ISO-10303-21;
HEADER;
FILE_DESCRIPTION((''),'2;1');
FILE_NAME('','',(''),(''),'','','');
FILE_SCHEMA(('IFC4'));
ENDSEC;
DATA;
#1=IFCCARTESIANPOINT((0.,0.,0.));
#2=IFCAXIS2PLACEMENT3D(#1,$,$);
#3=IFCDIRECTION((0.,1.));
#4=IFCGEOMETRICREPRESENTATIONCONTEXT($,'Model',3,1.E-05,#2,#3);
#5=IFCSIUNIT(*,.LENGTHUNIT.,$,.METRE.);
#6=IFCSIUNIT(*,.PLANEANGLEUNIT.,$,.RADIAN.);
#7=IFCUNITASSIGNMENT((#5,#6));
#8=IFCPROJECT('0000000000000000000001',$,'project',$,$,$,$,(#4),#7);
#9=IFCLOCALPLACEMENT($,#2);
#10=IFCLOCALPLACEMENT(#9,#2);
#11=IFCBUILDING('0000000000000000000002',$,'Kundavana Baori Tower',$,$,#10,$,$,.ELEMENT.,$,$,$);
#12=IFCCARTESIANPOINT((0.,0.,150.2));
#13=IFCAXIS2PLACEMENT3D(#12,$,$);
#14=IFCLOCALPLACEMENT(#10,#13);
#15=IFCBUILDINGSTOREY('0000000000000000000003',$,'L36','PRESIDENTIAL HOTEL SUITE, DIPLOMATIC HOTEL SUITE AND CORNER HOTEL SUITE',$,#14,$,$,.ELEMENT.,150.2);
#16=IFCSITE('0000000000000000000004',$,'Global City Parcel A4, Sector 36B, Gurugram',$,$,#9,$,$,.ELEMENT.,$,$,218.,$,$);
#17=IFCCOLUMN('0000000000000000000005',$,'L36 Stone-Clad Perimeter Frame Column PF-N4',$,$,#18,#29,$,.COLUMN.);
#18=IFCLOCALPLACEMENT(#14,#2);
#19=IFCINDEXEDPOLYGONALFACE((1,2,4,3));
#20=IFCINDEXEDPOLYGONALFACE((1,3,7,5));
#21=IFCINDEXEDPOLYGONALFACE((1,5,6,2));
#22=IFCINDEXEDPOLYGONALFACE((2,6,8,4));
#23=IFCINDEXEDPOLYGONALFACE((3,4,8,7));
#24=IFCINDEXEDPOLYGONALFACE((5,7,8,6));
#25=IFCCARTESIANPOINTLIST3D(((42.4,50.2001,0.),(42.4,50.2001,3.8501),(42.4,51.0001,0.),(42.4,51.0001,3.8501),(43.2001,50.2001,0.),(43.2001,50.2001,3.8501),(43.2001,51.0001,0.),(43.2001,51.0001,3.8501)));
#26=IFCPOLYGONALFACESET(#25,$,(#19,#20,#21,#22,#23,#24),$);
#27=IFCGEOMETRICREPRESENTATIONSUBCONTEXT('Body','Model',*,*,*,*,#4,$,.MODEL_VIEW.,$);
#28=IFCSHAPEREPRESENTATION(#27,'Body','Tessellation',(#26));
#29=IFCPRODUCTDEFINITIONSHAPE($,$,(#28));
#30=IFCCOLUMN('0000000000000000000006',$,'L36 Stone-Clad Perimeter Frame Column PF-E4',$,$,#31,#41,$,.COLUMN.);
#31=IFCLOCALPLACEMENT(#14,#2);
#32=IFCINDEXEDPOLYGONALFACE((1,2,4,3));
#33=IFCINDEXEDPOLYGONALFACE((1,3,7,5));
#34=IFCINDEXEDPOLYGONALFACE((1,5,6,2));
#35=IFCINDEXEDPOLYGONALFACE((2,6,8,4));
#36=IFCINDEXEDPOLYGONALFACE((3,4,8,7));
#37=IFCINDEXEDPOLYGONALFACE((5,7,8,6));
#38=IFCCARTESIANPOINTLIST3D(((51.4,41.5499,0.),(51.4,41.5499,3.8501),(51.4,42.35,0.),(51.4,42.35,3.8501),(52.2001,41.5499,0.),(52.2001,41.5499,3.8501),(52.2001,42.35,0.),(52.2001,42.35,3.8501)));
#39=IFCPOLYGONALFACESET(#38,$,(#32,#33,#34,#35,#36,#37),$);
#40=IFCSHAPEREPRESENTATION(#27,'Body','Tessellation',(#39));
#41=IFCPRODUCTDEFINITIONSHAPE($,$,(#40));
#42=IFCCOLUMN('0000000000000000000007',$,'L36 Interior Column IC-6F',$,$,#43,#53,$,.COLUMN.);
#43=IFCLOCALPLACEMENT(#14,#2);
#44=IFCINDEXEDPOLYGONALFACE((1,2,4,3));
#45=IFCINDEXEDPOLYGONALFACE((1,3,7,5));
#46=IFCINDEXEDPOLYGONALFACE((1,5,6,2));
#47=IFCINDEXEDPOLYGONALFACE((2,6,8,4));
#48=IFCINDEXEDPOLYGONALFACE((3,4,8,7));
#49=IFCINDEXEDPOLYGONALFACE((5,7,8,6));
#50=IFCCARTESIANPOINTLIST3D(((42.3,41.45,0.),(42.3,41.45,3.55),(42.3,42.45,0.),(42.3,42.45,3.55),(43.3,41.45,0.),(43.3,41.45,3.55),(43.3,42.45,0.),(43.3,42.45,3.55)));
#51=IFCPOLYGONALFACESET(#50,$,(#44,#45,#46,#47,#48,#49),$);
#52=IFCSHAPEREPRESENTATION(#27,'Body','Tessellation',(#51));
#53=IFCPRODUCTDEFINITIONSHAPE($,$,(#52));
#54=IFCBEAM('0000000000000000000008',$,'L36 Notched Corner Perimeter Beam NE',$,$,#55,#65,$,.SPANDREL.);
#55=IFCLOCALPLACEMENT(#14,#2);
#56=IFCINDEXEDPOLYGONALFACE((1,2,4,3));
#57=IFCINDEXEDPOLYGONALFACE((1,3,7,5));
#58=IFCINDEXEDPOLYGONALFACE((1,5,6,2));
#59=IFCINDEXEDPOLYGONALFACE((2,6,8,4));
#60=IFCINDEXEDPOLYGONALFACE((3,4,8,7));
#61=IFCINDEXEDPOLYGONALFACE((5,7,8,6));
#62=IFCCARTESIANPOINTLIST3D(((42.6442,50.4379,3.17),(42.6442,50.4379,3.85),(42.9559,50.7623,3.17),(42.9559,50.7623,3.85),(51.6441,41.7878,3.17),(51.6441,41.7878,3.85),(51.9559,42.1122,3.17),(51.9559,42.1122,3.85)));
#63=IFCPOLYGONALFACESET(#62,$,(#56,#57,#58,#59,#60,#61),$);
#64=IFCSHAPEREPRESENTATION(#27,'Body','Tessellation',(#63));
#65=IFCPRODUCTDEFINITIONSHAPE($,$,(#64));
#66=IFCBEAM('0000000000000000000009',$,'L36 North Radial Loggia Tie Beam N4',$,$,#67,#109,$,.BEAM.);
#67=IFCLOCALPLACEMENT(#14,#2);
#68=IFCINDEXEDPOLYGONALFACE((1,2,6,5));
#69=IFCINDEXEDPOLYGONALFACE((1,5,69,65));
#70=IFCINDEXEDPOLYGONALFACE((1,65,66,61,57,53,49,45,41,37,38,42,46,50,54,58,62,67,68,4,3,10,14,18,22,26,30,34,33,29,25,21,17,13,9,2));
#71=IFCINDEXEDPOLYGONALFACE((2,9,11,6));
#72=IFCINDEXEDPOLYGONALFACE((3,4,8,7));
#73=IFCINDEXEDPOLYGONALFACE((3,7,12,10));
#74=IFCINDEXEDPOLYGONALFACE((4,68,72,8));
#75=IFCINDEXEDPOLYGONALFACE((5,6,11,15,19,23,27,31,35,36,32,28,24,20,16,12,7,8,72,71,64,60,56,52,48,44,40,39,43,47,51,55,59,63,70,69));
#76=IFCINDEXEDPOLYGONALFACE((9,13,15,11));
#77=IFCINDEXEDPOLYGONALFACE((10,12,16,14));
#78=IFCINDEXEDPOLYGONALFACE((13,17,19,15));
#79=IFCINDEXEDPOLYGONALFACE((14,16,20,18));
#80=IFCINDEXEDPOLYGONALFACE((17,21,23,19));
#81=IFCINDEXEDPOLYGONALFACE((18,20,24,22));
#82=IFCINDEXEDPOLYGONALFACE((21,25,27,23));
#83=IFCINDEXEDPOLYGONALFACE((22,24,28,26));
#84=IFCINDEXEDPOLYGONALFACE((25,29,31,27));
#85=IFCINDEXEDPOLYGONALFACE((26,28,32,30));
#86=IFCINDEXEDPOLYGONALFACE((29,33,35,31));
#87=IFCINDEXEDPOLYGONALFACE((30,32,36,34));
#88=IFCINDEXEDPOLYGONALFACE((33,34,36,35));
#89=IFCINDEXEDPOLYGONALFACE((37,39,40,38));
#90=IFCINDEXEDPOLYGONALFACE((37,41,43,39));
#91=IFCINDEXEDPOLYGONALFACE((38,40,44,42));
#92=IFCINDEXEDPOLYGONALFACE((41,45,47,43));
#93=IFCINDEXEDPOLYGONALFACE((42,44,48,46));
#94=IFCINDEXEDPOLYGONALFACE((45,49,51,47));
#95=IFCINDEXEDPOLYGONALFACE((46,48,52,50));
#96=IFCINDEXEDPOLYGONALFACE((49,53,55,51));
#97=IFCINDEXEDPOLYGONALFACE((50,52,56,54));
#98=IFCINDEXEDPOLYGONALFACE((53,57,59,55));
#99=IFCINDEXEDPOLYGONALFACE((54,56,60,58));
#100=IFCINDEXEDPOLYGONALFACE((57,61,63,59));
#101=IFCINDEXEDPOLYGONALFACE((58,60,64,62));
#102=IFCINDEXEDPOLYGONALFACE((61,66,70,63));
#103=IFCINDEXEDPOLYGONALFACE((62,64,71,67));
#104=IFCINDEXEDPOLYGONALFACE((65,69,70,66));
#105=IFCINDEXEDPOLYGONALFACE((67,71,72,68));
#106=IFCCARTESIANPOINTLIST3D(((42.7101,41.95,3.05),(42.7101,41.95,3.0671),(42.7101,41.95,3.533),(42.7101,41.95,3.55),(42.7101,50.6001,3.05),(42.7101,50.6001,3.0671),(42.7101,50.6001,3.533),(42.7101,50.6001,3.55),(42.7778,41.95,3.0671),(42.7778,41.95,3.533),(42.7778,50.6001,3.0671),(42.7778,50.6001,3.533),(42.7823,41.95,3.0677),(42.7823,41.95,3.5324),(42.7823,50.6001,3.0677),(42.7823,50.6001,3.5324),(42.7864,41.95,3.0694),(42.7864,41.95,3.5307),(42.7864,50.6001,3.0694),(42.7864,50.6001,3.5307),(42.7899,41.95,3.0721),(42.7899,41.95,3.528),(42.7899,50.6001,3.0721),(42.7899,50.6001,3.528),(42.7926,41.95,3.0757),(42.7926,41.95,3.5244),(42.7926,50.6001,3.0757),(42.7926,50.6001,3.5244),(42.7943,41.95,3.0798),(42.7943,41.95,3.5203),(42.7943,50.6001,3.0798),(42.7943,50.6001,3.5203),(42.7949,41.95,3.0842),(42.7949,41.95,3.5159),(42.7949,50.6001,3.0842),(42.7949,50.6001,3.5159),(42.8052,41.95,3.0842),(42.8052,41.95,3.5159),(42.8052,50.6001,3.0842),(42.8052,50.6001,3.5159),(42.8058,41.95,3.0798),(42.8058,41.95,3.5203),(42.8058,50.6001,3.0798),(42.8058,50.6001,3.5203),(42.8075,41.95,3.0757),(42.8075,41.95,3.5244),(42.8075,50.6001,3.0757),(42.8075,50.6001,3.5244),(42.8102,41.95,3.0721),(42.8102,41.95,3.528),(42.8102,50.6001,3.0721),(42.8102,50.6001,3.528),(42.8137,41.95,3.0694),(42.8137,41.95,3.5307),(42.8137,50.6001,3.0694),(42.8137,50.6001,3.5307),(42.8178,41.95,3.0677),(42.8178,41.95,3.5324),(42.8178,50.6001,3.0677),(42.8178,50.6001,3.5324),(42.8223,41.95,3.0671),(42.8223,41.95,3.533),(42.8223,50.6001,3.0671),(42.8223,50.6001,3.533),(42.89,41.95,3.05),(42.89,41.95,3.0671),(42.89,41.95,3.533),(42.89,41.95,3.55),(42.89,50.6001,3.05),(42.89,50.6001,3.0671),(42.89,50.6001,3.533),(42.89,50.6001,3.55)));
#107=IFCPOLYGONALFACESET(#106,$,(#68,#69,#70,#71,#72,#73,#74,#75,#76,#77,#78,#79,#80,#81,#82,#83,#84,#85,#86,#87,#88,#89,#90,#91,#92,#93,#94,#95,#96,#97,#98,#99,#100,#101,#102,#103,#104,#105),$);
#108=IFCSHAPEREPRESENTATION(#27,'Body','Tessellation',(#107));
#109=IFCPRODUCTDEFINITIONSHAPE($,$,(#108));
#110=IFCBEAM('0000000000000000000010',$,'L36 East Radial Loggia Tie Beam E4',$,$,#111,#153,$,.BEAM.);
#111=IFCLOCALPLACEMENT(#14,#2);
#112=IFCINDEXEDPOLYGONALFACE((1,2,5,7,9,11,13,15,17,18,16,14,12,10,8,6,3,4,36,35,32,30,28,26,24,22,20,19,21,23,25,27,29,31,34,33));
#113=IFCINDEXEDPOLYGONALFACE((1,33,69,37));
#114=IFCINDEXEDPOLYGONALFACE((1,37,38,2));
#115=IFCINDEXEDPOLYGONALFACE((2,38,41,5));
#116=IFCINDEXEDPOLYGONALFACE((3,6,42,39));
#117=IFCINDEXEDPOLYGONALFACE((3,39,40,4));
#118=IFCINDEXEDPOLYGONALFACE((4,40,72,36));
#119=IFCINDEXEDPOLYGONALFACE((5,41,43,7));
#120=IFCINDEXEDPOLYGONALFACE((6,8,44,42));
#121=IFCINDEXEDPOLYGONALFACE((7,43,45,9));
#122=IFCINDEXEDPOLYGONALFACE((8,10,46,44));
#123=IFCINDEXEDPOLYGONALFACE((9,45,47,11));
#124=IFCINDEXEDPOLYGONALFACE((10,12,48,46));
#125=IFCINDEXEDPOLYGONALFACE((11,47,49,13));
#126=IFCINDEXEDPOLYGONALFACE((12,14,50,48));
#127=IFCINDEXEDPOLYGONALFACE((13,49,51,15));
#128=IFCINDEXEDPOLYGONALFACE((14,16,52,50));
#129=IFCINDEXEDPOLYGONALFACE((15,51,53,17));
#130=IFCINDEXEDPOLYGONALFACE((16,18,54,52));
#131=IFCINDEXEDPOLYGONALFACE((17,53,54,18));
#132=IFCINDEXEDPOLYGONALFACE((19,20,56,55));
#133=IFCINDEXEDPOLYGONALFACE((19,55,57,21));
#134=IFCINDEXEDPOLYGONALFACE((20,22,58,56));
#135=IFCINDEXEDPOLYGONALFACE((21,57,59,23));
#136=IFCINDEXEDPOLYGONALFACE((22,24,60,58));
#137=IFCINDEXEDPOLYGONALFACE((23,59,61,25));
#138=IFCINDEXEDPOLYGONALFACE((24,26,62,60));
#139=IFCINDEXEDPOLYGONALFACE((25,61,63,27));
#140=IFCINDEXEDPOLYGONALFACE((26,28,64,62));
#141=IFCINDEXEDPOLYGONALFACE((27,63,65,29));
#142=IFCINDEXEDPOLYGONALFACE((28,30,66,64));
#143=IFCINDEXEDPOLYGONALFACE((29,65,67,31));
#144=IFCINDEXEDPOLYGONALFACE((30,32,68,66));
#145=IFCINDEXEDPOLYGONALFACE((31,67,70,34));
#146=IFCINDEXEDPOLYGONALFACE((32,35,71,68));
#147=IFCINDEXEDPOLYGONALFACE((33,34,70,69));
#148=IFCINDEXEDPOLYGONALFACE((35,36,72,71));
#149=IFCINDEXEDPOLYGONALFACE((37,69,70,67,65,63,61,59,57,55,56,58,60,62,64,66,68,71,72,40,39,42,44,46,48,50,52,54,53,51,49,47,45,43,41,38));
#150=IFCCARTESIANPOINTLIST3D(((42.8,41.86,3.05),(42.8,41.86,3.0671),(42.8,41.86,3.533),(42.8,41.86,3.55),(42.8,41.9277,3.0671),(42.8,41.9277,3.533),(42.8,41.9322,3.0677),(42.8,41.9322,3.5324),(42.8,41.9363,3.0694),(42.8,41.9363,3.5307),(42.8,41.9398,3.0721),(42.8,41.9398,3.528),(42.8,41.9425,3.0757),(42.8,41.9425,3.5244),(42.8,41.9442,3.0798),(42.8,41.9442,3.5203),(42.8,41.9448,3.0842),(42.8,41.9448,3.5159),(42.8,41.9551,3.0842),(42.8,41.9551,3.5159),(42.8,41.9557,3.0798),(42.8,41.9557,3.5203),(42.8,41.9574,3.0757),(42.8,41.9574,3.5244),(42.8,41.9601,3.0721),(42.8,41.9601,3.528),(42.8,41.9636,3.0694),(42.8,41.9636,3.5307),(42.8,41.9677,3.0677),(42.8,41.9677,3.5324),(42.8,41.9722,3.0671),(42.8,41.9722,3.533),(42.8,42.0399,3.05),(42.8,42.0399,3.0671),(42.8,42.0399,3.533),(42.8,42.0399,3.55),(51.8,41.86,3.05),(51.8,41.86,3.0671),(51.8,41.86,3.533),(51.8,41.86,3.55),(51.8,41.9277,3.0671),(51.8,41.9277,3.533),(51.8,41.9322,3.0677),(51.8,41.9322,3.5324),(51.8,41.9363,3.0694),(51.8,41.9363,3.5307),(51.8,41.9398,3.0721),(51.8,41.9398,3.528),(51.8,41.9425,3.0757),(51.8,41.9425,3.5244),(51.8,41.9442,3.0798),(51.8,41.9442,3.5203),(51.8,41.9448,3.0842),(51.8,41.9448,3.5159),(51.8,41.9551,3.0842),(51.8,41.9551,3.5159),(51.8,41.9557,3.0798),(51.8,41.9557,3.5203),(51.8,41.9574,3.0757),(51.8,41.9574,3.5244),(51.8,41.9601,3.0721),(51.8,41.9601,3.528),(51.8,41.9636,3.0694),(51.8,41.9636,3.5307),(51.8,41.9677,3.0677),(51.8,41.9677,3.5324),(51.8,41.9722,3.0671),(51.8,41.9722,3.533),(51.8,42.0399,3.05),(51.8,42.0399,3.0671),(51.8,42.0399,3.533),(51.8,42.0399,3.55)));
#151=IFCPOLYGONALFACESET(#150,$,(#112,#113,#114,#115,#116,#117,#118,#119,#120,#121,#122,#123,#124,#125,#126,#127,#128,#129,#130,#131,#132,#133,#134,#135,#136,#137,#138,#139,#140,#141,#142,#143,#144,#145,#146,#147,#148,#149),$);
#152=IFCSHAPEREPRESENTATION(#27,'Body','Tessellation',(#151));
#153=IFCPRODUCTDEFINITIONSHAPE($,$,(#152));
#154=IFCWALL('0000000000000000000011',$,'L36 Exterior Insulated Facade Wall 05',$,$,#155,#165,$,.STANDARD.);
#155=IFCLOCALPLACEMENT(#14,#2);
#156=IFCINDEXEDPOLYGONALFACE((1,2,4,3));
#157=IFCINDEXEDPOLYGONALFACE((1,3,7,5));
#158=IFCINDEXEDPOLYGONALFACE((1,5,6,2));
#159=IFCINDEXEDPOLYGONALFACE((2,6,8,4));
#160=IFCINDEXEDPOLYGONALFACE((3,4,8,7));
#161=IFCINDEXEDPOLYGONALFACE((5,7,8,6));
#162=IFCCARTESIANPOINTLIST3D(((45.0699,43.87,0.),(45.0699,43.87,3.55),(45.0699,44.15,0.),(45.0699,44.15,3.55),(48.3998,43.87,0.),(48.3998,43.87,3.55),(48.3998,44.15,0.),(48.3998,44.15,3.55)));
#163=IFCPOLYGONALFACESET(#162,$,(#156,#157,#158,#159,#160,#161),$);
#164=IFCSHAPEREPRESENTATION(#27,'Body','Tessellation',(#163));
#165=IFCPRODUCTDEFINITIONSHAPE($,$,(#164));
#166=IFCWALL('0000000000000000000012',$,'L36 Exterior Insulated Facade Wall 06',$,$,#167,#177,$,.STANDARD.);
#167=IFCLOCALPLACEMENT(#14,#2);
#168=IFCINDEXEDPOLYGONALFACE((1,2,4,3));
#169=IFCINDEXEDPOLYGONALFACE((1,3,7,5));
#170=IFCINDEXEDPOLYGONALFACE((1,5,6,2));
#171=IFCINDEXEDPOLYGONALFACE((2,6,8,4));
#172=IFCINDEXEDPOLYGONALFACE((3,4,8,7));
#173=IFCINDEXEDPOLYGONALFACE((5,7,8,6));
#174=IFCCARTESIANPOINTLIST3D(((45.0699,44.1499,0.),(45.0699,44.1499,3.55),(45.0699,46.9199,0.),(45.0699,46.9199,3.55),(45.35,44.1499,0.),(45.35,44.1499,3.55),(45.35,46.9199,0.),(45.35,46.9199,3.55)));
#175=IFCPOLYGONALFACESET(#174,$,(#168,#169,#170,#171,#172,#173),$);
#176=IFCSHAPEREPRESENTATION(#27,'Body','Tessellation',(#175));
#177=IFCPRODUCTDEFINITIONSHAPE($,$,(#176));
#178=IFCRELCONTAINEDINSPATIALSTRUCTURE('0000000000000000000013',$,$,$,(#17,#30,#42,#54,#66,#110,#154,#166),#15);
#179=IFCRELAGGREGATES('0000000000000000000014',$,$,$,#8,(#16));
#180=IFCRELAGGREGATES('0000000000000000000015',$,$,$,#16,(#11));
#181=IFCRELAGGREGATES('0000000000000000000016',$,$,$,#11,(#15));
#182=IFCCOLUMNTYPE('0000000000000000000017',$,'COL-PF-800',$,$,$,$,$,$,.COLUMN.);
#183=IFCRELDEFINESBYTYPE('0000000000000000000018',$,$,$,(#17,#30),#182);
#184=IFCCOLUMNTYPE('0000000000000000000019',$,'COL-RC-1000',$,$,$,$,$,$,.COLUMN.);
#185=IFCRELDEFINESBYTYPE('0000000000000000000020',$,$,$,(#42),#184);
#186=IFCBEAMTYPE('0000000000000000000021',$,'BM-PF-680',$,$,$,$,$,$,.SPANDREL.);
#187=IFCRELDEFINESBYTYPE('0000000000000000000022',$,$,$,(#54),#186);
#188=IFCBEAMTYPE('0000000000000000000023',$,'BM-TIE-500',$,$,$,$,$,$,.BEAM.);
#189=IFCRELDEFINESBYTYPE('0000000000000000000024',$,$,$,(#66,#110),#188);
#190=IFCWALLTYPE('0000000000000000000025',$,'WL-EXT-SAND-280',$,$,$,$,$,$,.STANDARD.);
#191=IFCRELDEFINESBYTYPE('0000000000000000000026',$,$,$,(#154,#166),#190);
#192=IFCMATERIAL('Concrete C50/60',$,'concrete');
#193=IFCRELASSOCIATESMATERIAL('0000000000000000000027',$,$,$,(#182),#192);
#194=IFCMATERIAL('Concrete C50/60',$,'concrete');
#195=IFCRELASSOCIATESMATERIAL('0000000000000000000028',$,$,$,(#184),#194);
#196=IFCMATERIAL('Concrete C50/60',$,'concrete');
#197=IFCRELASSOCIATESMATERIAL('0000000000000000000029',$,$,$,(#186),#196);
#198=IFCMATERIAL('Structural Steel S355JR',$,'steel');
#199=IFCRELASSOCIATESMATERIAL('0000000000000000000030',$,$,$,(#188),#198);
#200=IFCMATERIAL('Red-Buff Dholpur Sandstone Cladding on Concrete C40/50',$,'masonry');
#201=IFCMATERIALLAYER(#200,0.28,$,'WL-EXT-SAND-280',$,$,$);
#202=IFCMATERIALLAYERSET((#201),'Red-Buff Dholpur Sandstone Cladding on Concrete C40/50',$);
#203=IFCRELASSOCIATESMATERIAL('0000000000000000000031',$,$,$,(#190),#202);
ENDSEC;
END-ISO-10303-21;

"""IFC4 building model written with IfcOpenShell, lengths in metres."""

from ifc_helpers import new_model, si_unit, direction, frame, frame_2d, origin, origin_2d, place, context, subcontext, project, spatial, rectangle, i_section, extrude, material, layer, layer_set, material_profile, profile_set, type_object, element, save


model = new_model("IFC4")

# Units and contexts
model_context = context("Model", 3, precision=1e-05, world=origin(), true_north=direction((0.0, 1.0)))
body_context = subcontext(model_context, "Body", "Model", "MODEL_VIEW")
ifc_project = project(units=[si_unit("LENGTHUNIT", "METRE"), si_unit("PLANEANGLEUNIT", "RADIAN")], contexts=[model_context])

# Site, building, storey
site_placement = place(None, origin())
site = spatial("IfcSite", under=ifc_project, at=site_placement, Name="Global City Parcel A4, Sector 36B, Gurugram", CompositionType="ELEMENT", RefElevation=218.0)
building_placement = place(site_placement, origin())
building = spatial("IfcBuilding", under=site, at=building_placement, Name="Kundavana Baori Tower", CompositionType="ELEMENT")
storey_placement = place(building_placement, frame((0.0, 0.0, 150.2)))
storey = spatial("IfcBuildingStorey", under=building, at=storey_placement, Name="L36", Description="PRESIDENTIAL HOTEL SUITE, DIPLOMATIC HOTEL SUITE AND CORNER HOTEL SUITE", CompositionType="ELEMENT", Elevation=150.2)

# Columns
ifc_material_1 = material(Name="Concrete C50/60", Category="concrete")
ifc_material_profile_1 = material_profile(ifc_material_1, rectangle(XDim=0.8, YDim=0.8, at=origin_2d()), Name="RC PF 800x800")
ifc_profile_set_1 = profile_set([ifc_material_profile_1], Name="Concrete C50/60")
column_type_1 = type_object("IfcColumnType", Name="COL-PF-800", PredefinedType="COLUMN", material=ifc_profile_set_1)
for number, where, z_axis, x_axis, name in (
    (1, (42.8, 50.6001, 0.0), (0.0, 0.0, 1.0), (1.0, 0.0, 0.0), "L36 Stone-Clad Perimeter Frame Column PF-N4"),
    (2, (51.8, 41.95, 0.0), (0.0, 0.0, 1.0), (1.0, 0.0, 0.0), "L36 Stone-Clad Perimeter Frame Column PF-E4"),
):
    element("IfcColumn", number, at=place(storey_placement, frame(where, z_axis=z_axis, x_axis=x_axis)), inside=storey, type_object=column_type_1, Name=name, PredefinedType="COLUMN", context=body_context, shape_type="SweptSolid", body=[
        extrude(rectangle(XDim=0.8, YDim=0.8, at=origin_2d()), origin(), (0.0, 0.0, 1.0), 3.8501),
    ])
ifc_material_2 = material(Name="Concrete C50/60", Category="concrete")
ifc_material_profile_2 = material_profile(ifc_material_2, rectangle(XDim=1.0, YDim=1.0, at=origin_2d()), Name="RC 1000x1000")
ifc_profile_set_2 = profile_set([ifc_material_profile_2], Name="Concrete C50/60")
column_type_2 = type_object("IfcColumnType", Name="COL-RC-1000", PredefinedType="COLUMN", material=ifc_profile_set_2)
column_placement = place(storey_placement, frame((42.8, 41.95, 0.0), z_axis=(0.0, 0.0, 1.0), x_axis=(1.0, 0.0, 0.0)))
element("IfcColumn", 3, at=column_placement, inside=storey, type_object=column_type_2, Name="L36 Interior Column IC-6F", PredefinedType="COLUMN", context=body_context, shape_type="SweptSolid", body=[
    extrude(rectangle(XDim=1.0, YDim=1.0, at=origin_2d()), origin(), (0.0, 0.0, 1.0), 3.55),
])

# Beams
ifc_material_3 = material(Name="Concrete C50/60", Category="concrete")
ifc_material_profile_3 = material_profile(ifc_material_3, rectangle(XDim=0.45, YDim=0.6799, at=origin_2d()), Name="RC BM 450x680")
ifc_profile_set_3 = profile_set([ifc_material_profile_3], Name="Concrete C50/60")
beam_type_1 = type_object("IfcBeamType", Name="BM-PF-680", PredefinedType="SPANDREL", material=ifc_profile_set_3)
beam_1_placement = place(storey_placement, frame((42.8, 50.6001, 3.51), z_axis=(0.720981, -0.692955, 0.0), x_axis=(0.692955, 0.720981, 0.0)))
element("IfcBeam", 4, at=beam_1_placement, inside=storey, type_object=beam_type_1, Name="L36 Notched Corner Perimeter Beam NE", PredefinedType="SPANDREL", context=body_context, shape_type="SweptSolid", body=[
    extrude(rectangle(XDim=0.45, YDim=0.6799, at=origin_2d()), origin(), (0.0, 0.0, 1.0), 12.4829),
])
ifc_material_4 = material(Name="Structural Steel S355JR", Category="steel")
ifc_material_profile_4 = material_profile(ifc_material_4, i_section(OverallWidth=0.1799, OverallDepth=0.5, WebThickness=0.0103, FlangeThickness=0.0171, FilletRadius=0.0171, at=origin_2d()), Name="ISMB 500")
ifc_profile_set_4 = profile_set([ifc_material_profile_4], Name="Structural Steel S355JR")
beam_type_2 = type_object("IfcBeamType", Name="BM-TIE-500", PredefinedType="BEAM", material=ifc_profile_set_4)
beam_2_placement = place(storey_placement, frame((42.8, 41.95, 3.3), z_axis=(0.0, 1.0, 0.0), x_axis=(-1.0, 0.0, 0.0)))
element("IfcBeam", 5, at=beam_2_placement, inside=storey, type_object=beam_type_2, Name="L36 North Radial Loggia Tie Beam N4", PredefinedType="BEAM", context=body_context, shape_type="SweptSolid", body=[
    extrude(i_section(OverallWidth=0.1799, OverallDepth=0.5, WebThickness=0.0103, FlangeThickness=0.0171, FilletRadius=0.0171, at=origin_2d()), origin(), (0.0, 0.0, 1.0), 8.6501),
])
beam_3_placement = place(storey_placement, frame((42.8, 41.95, 3.3), z_axis=(1.0, 0.0, 0.0), x_axis=(0.0, 1.0, 0.0)))
element("IfcBeam", 6, at=beam_3_placement, inside=storey, type_object=beam_type_2, Name="L36 East Radial Loggia Tie Beam E4", PredefinedType="BEAM", context=body_context, shape_type="SweptSolid", body=[
    extrude(i_section(OverallWidth=0.1799, OverallDepth=0.5, WebThickness=0.0103, FlangeThickness=0.0171, FilletRadius=0.0171, at=origin_2d()), origin(), (0.0, 0.0, 1.0), 9.0),
])

# Walls
ifc_material_5 = material(Name="Red-Buff Dholpur Sandstone Cladding on Concrete C40/50", Category="masonry")
ifc_layer_1 = layer(ifc_material_5, 0.28, Name="WL-EXT-SAND-280")
ifc_layer_set_1 = layer_set([ifc_layer_1], Name="Red-Buff Dholpur Sandstone Cladding on Concrete C40/50")
wall_type_1 = type_object("IfcWallType", Name="WL-EXT-SAND-280", PredefinedType="STANDARD", material=ifc_layer_set_1)
wall_1_placement = place(storey_placement, frame((48.3999, 44.01, 0.0), z_axis=(0.0, 0.0, 1.0), x_axis=(-1.0, 0.0, 0.0)))
element("IfcWall", 7, at=wall_1_placement, inside=storey, type_object=wall_type_1, Name="L36 Exterior Insulated Facade Wall 05", PredefinedType="STANDARD", context=body_context, shape_type="SweptSolid", body=[
    extrude(rectangle(XDim=3.3298, YDim=0.28, at=frame_2d((1.665, 0.0))), origin(), (0.0, 0.0, 1.0), 3.55),
])
wall_2_placement = place(storey_placement, frame((45.21, 44.1499, 0.0), z_axis=(0.0, 0.0, 1.0), x_axis=(0.0, 1.0, 0.0)))
element("IfcWall", 8, at=wall_2_placement, inside=storey, type_object=wall_type_1, Name="L36 Exterior Insulated Facade Wall 06", PredefinedType="STANDARD", context=body_context, shape_type="SweptSolid", body=[
    extrude(rectangle(XDim=2.77, YDim=0.28, at=frame_2d((1.385, 0.0))), origin(), (0.0, 0.0, 1.0), 3.55),
])

save(model, "model.ifc")
